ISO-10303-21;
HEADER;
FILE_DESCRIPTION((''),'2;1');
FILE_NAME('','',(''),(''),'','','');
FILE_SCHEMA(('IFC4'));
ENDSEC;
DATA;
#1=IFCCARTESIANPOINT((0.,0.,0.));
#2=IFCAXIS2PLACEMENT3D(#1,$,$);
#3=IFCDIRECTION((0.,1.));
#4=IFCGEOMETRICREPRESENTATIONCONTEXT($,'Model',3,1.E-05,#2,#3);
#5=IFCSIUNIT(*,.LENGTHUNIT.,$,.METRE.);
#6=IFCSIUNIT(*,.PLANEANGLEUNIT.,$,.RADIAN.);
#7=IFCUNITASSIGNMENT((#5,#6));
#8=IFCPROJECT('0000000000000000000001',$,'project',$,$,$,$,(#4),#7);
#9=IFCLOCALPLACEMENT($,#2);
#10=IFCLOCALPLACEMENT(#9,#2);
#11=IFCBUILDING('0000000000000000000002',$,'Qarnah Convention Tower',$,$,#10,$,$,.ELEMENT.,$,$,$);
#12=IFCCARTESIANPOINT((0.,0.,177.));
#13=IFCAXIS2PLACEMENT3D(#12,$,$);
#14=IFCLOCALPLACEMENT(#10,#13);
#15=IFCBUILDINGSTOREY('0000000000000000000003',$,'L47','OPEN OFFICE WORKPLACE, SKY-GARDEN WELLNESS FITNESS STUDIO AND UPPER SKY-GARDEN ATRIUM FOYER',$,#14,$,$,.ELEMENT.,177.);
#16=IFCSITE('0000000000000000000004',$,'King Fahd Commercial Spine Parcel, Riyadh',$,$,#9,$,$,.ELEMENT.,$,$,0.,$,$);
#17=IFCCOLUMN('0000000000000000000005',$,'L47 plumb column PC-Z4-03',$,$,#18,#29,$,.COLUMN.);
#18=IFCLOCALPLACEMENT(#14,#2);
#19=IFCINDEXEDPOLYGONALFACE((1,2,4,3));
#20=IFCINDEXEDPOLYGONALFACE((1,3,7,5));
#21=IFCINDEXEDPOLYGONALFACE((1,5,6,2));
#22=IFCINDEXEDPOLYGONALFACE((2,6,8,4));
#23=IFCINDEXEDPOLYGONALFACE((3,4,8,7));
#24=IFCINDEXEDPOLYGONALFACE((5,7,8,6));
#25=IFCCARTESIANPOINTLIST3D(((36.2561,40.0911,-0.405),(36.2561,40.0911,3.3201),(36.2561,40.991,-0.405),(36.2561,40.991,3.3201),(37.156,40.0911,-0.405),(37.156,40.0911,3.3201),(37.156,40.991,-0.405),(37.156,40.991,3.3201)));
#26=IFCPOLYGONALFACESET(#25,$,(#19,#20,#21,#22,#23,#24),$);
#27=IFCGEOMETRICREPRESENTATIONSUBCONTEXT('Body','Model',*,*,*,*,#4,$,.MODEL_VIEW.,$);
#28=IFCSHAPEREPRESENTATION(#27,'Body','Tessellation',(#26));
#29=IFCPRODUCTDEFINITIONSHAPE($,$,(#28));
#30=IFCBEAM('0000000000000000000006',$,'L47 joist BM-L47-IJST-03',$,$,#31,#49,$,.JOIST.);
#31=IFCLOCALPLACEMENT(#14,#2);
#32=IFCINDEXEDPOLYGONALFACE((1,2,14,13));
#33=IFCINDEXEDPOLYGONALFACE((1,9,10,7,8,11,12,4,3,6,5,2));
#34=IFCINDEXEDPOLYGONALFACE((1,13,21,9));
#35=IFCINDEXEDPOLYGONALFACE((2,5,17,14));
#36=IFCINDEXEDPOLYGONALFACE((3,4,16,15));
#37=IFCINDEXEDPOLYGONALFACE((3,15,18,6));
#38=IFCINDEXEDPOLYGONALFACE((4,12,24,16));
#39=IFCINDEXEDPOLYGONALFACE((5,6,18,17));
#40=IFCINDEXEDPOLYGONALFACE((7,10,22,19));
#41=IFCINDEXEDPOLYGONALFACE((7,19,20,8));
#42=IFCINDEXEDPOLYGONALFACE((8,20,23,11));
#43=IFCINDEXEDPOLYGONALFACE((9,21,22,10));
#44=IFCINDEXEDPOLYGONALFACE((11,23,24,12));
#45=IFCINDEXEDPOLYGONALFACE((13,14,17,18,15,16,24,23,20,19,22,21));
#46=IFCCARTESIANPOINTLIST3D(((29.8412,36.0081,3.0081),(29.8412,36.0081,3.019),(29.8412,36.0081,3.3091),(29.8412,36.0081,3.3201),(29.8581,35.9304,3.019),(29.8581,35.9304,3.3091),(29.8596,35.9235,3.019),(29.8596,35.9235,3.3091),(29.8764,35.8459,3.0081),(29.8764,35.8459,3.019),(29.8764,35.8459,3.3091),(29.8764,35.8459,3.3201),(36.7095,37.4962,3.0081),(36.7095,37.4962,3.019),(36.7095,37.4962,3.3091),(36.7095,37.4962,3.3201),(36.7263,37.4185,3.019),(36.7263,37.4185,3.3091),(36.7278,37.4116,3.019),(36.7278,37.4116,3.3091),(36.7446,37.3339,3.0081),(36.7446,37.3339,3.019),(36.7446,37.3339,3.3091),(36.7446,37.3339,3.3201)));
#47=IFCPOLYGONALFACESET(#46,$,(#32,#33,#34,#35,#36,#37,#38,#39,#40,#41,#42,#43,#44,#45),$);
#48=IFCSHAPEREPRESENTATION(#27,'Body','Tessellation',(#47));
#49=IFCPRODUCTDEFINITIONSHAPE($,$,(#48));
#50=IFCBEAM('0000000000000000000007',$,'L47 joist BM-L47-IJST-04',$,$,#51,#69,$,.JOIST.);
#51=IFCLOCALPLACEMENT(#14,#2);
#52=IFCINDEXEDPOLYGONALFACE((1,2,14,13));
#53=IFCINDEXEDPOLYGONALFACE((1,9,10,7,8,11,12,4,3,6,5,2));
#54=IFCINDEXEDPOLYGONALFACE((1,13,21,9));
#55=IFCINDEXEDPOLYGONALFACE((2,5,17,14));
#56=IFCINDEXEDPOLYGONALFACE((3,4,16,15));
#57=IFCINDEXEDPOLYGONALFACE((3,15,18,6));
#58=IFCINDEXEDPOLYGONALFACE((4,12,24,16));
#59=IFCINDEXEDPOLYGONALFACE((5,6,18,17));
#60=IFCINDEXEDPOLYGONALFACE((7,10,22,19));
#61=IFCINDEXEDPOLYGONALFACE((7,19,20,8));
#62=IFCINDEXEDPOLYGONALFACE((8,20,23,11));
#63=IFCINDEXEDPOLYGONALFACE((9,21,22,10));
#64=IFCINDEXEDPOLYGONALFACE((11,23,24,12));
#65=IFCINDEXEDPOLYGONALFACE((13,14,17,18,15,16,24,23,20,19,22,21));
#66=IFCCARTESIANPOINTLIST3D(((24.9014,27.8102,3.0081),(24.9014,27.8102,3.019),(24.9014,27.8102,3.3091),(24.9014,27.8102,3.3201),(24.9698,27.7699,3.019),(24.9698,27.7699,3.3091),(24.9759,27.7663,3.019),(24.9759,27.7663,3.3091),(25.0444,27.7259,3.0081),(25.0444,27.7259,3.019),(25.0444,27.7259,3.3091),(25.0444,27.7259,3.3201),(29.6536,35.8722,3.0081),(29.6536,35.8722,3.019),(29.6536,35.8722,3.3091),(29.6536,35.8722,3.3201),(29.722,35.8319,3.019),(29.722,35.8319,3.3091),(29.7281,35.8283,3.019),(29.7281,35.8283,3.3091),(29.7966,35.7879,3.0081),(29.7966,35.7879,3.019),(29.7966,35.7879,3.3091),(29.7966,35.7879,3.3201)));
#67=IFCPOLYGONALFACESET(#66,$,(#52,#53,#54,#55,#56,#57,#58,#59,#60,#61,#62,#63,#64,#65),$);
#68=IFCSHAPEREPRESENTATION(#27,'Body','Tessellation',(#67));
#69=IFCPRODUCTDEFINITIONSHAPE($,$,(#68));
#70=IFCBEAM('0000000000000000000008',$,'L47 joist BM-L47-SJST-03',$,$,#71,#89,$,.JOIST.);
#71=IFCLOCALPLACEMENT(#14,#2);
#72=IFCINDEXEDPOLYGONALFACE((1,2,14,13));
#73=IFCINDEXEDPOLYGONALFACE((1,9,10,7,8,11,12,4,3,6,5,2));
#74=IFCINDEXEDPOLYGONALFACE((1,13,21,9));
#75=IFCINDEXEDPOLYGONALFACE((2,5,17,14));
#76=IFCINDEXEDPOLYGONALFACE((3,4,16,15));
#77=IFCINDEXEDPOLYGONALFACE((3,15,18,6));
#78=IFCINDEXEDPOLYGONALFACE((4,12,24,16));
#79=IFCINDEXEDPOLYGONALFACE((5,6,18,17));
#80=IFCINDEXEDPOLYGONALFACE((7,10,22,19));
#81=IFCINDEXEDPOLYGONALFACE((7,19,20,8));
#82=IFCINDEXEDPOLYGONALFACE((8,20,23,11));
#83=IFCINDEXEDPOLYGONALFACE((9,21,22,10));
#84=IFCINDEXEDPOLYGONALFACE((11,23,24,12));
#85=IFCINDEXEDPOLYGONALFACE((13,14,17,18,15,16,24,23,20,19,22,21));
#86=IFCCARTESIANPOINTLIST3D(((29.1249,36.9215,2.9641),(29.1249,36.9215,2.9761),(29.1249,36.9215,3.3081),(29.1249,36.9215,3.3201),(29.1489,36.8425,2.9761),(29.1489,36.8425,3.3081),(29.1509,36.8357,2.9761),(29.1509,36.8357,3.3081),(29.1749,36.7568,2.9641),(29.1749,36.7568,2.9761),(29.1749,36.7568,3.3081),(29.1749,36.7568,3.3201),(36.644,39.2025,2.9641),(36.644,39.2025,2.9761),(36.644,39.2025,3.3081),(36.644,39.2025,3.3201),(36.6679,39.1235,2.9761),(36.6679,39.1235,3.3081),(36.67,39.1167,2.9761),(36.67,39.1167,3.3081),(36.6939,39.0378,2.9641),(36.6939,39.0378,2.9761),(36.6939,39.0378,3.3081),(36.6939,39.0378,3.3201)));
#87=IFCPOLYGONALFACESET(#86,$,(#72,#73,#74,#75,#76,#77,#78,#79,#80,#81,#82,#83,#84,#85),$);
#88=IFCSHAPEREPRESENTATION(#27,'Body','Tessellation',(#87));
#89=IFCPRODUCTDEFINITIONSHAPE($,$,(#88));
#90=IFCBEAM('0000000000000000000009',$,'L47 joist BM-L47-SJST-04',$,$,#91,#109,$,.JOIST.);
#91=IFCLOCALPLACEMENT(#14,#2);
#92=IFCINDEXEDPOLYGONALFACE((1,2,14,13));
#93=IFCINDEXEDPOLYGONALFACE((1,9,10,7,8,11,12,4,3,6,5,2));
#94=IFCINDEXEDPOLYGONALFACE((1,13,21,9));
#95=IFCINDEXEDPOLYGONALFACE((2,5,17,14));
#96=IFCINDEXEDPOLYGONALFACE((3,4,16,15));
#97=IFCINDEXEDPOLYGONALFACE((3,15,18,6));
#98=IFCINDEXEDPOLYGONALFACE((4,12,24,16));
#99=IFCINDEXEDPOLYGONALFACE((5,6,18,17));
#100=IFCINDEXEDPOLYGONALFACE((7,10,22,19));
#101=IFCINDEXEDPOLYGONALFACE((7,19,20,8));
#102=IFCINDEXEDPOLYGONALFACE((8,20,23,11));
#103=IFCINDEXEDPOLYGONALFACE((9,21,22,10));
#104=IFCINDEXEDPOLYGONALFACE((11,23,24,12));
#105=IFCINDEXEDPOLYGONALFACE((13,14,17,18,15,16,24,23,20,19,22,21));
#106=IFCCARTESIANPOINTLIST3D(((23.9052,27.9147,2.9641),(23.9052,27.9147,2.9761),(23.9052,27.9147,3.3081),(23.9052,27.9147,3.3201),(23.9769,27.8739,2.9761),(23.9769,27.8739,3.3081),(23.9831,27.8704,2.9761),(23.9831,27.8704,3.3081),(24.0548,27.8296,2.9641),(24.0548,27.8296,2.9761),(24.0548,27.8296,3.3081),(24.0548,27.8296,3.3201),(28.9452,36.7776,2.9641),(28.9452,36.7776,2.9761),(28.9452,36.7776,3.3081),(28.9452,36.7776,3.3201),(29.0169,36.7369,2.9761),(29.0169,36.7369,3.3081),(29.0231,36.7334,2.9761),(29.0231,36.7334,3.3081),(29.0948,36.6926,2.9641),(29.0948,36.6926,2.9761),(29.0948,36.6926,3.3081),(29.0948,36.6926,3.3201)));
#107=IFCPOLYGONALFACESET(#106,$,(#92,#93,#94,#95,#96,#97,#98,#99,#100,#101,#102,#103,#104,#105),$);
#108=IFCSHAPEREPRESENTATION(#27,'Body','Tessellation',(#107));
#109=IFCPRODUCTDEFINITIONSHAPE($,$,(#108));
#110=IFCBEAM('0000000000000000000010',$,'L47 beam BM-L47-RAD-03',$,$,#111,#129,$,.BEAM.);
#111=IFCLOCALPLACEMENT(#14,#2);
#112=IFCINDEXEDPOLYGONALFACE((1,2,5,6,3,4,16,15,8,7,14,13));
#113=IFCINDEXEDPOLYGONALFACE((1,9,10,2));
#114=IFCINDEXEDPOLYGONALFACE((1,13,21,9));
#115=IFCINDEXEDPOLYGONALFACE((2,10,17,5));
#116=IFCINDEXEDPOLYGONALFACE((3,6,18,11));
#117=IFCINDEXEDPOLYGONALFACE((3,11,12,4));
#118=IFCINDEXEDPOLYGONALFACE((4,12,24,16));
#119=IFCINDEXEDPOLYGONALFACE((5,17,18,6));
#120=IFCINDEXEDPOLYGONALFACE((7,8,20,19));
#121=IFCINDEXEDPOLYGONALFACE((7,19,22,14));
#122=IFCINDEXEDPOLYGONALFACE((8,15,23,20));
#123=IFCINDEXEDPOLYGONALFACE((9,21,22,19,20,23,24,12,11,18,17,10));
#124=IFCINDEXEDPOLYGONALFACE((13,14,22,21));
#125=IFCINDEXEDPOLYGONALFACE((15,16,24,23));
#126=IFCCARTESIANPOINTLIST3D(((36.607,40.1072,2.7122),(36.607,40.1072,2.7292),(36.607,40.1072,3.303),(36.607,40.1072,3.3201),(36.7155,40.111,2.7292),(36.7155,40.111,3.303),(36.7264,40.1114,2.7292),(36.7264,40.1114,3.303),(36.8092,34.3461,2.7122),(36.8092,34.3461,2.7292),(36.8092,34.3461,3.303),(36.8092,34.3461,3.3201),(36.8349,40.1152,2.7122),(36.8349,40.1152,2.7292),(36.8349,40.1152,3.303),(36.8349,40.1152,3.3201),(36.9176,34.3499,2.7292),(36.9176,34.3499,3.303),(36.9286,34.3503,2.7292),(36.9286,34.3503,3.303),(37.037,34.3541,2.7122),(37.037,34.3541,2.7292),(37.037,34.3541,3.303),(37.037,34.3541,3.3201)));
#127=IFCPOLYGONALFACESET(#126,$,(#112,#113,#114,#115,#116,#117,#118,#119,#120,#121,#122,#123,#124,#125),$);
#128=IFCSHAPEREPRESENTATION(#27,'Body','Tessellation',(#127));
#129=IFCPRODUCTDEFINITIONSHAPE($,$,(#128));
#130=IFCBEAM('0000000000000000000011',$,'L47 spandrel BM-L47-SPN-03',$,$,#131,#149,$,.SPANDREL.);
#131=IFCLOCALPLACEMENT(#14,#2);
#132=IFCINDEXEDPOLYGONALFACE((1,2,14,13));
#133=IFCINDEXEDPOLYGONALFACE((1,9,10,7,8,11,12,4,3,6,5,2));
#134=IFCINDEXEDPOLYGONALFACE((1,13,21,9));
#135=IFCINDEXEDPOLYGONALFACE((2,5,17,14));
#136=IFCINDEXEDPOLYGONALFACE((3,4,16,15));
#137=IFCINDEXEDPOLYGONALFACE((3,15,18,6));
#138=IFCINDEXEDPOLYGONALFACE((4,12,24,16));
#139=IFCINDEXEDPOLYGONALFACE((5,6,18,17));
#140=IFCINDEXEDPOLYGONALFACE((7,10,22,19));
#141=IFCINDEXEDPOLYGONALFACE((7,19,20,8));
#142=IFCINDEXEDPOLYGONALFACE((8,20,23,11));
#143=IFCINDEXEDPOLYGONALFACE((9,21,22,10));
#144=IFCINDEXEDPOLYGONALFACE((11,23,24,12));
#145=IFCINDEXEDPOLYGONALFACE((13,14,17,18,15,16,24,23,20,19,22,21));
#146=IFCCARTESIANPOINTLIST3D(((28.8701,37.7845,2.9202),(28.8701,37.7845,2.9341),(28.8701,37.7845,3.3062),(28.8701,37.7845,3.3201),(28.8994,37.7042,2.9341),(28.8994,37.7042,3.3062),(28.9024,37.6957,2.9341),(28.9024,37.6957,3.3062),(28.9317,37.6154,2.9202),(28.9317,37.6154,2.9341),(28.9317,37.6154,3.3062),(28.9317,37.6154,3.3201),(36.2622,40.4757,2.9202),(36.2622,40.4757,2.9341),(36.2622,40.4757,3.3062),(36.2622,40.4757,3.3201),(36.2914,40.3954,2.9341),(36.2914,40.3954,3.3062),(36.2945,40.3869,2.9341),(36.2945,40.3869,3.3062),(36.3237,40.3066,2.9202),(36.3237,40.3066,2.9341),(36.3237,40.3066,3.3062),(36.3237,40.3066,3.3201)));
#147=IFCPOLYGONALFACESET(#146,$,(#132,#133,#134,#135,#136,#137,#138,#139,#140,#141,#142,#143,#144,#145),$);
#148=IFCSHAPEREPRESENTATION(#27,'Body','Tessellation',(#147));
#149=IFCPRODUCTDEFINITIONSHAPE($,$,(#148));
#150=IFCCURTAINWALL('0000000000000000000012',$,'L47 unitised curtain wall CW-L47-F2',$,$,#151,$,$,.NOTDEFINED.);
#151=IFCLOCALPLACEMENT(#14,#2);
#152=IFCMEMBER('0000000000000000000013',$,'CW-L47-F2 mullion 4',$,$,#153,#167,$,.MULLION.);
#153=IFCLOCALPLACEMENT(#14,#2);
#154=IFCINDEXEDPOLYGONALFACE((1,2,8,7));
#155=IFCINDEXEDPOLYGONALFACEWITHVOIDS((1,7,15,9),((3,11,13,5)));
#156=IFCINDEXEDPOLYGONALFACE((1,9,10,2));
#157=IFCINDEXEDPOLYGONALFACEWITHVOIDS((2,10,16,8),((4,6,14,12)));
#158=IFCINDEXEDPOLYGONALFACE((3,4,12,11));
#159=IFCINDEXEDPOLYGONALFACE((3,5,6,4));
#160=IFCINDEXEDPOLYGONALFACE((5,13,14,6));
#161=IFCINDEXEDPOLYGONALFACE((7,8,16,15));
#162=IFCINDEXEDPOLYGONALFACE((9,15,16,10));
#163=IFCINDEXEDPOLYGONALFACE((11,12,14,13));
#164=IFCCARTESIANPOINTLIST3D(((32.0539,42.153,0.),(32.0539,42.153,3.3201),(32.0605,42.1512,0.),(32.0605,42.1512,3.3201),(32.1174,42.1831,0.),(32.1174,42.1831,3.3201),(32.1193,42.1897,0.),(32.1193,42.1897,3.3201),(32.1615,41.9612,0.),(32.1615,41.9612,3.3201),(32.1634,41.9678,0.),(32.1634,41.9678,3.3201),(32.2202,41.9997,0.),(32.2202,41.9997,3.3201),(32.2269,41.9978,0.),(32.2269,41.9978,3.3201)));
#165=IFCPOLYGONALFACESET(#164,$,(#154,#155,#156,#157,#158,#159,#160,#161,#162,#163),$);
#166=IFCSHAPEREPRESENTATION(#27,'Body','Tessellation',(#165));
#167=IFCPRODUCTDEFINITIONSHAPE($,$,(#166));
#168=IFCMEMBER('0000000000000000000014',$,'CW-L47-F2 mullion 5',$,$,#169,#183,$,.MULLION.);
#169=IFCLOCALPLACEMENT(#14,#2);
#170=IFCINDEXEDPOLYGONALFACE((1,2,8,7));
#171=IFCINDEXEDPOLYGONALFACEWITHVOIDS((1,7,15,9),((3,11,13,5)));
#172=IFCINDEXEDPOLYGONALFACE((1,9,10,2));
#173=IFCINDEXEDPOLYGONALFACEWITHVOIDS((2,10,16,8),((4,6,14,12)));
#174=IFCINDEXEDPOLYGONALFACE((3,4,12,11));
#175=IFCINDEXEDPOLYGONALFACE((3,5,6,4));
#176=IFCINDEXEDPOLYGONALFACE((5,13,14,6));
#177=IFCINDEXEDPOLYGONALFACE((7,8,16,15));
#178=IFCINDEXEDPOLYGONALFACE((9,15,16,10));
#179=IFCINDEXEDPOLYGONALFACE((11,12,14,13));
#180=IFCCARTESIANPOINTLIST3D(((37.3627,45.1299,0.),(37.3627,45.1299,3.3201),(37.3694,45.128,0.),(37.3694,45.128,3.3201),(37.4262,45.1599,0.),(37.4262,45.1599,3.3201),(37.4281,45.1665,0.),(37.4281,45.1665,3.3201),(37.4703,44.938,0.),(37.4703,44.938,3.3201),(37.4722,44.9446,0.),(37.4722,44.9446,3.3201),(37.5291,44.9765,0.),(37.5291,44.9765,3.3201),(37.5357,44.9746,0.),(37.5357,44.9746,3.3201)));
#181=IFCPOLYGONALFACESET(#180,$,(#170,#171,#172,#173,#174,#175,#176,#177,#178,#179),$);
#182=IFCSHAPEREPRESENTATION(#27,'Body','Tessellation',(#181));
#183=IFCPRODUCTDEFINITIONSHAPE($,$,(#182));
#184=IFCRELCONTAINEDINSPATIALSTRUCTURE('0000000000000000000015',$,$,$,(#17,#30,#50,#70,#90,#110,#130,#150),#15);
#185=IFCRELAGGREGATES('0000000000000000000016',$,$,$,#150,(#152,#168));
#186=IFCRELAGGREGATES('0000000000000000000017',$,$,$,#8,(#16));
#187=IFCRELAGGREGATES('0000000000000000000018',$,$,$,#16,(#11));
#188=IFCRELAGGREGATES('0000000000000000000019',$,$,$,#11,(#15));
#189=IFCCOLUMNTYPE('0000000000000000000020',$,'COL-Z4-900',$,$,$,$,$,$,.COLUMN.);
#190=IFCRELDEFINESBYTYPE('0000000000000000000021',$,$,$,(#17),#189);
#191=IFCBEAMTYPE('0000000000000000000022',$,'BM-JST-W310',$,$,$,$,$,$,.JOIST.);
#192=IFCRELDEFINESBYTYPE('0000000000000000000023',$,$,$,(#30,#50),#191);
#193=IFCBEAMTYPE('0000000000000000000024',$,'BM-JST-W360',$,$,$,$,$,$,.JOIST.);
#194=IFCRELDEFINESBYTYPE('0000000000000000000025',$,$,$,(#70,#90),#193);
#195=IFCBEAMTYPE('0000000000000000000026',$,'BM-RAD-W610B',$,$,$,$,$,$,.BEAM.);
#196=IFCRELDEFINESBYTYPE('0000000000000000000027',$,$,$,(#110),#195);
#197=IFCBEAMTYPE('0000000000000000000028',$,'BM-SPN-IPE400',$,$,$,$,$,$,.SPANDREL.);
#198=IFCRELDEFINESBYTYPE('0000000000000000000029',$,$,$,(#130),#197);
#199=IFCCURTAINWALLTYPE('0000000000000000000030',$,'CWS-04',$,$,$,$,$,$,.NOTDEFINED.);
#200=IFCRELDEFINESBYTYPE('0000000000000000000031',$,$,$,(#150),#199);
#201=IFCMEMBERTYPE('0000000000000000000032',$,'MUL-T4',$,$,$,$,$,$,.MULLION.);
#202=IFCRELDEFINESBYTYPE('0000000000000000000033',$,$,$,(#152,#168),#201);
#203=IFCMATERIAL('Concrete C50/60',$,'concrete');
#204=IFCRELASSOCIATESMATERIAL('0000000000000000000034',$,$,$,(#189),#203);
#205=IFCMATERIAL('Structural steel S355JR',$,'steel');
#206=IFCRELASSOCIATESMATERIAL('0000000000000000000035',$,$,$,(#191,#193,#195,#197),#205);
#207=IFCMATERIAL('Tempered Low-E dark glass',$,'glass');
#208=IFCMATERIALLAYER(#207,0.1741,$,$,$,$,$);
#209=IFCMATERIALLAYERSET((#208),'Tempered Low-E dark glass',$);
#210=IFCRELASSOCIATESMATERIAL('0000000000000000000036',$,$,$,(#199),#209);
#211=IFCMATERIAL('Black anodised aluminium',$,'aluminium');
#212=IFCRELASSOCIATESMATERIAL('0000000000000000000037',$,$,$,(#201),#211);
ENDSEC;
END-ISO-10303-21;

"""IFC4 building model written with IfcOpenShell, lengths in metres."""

from ifc_helpers import new_model, si_unit, direction, frame, origin, origin_2d, place, context, subcontext, project, spatial, rectangle, hollow_rectangle, i_section, extrude, material, layer, layer_set, material_profile, profile_set, type_object, element, aggregate, save


model = new_model("IFC4")

# Units and contexts
model_context = context("Model", 3, precision=1e-05, world=origin(), true_north=direction((0.0, 1.0)))
body_context = subcontext(model_context, "Body", "Model", "MODEL_VIEW")
ifc_project = project(units=[si_unit("LENGTHUNIT", "METRE"), si_unit("PLANEANGLEUNIT", "RADIAN")], contexts=[model_context])

# Site, building, storey
site_placement = place(None, origin())
site = spatial("IfcSite", under=ifc_project, at=site_placement, Name="King Fahd Commercial Spine Parcel, Riyadh", CompositionType="ELEMENT", RefElevation=0.0)
building_placement = place(site_placement, origin())
building = spatial("IfcBuilding", under=site, at=building_placement, Name="Qarnah Convention Tower", CompositionType="ELEMENT")
storey_placement = place(building_placement, frame((0.0, 0.0, 177.0)))
storey = spatial("IfcBuildingStorey", under=building, at=storey_placement, Name="L47", Description="OPEN OFFICE WORKPLACE, SKY-GARDEN WELLNESS FITNESS STUDIO AND UPPER SKY-GARDEN ATRIUM FOYER", CompositionType="ELEMENT", Elevation=177.0)

# Column
ifc_material_1 = material(Name="Concrete C50/60", Category="concrete")
ifc_material_profile_1 = material_profile(ifc_material_1, rectangle(XDim=0.8999, YDim=0.8999, at=origin_2d()), Name="RC-COL-900X900")
ifc_profile_set_1 = profile_set([ifc_material_profile_1], Name="Concrete C50/60")
column_type = type_object("IfcColumnType", Name="COL-Z4-900", PredefinedType="COLUMN", material=ifc_profile_set_1)
column_placement = place(storey_placement, frame((36.7061, 40.541, -0.405), z_axis=(0.0, 0.0, 1.0), x_axis=(1.0, 0.0, 0.0)))
element("IfcColumn", 1, at=column_placement, inside=storey, type_object=column_type, Name="L47 plumb column PC-Z4-03", PredefinedType="COLUMN", context=body_context, shape_type="SweptSolid", body=[
    extrude(rectangle(XDim=0.8999, YDim=0.8999, at=origin_2d()), origin(), (0.0, 0.0, 1.0), 3.7251),
])

# Beams
ifc_material_2 = material(Name="Structural steel S355JR", Category="steel")
ifc_material_profile_2 = material_profile(ifc_material_2, i_section(OverallWidth=0.166, OverallDepth=0.312, WebThickness=0.0071, FlangeThickness=0.011, at=origin_2d()), Name="W310X45")
ifc_profile_set_2 = profile_set([ifc_material_profile_2], Name="Structural steel S355JR")
beam_type_1 = type_object("IfcBeamType", Name="BM-JST-W310", PredefinedType="JOIST", material=ifc_profile_set_2)
beam_1_placement = place(storey_placement, frame((36.7271, 37.415, 3.1641), z_axis=(-0.977325, -0.211744, 0.0), x_axis=(0.211744, -0.977325, 0.0)))
element("IfcBeam", 2, at=beam_1_placement, inside=storey, type_object=beam_type_1, Name="L47 joist BM-L47-IJST-03", PredefinedType="JOIST", context=body_context, shape_type="SweptSolid", body=[
    extrude(i_section(OverallWidth=0.166, OverallDepth=0.312, WebThickness=0.0071, FlangeThickness=0.011, at=origin_2d()), origin(), (0.0, 0.0, 1.0), 7.0276),
])
beam_2_placement = place(storey_placement, frame((29.7251, 35.8301, 3.1641), z_axis=(-0.507801, -0.861474, 0.0), x_axis=(0.861474, -0.507801, 0.0)))
element("IfcBeam", 3, at=beam_2_placement, inside=storey, type_object=beam_type_1, Name="L47 joist BM-L47-IJST-04", PredefinedType="JOIST", context=body_context, shape_type="SweptSolid", body=[
    extrude(i_section(OverallWidth=0.166, OverallDepth=0.312, WebThickness=0.0071, FlangeThickness=0.011, at=origin_2d()), origin(), (0.0, 0.0, 1.0), 9.3584),
])
ifc_material_profile_3 = material_profile(ifc_material_2, i_section(OverallWidth=0.1721, OverallDepth=0.356, WebThickness=0.0071, FlangeThickness=0.012, at=origin_2d()), Name="W360X51")
ifc_profile_set_3 = profile_set([ifc_material_profile_3], Name="Structural steel S355JR")
beam_type_2 = type_object("IfcBeamType", Name="BM-JST-W360", PredefinedType="JOIST", material=ifc_profile_set_3)
beam_3_placement = place(storey_placement, frame((36.6689, 39.1201, 3.1421), z_axis=(-0.956936, -0.2903, 0.0), x_axis=(0.2903, -0.956936, 0.0)))
element("IfcBeam", 4, at=beam_3_placement, inside=storey, type_object=beam_type_2, Name="L47 joist BM-L47-SJST-03", PredefinedType="JOIST", context=body_context, shape_type="SweptSolid", body=[
    extrude(i_section(OverallWidth=0.1721, OverallDepth=0.356, WebThickness=0.0071, FlangeThickness=0.012, at=origin_2d()), origin(), (0.0, 0.0, 1.0), 7.8574),
])
beam_4_placement = place(storey_placement, frame((29.02, 36.7351, 3.1421), z_axis=(-0.494322, -0.869279, 0.0), x_axis=(0.869279, -0.494322, 0.0)))
element("IfcBeam", 5, at=beam_4_placement, inside=storey, type_object=beam_type_2, Name="L47 joist BM-L47-SJST-04", PredefinedType="JOIST", context=body_context, shape_type="SweptSolid", body=[
    extrude(i_section(OverallWidth=0.1721, OverallDepth=0.356, WebThickness=0.0071, FlangeThickness=0.012, at=origin_2d()), origin(), (0.0, 0.0, 1.0), 10.1958),
])
ifc_material_profile_4 = material_profile(ifc_material_2, i_section(OverallWidth=0.228, OverallDepth=0.6079, WebThickness=0.011, FlangeThickness=0.0171, at=origin_2d()), Name="W610X113")
ifc_profile_set_4 = profile_set([ifc_material_profile_4], Name="Structural steel S355JR")
beam_type_3 = type_object("IfcBeamType", Name="BM-RAD-W610B", PredefinedType="BEAM", material=ifc_profile_set_4)
beam_5_placement = place(storey_placement, frame((36.9231, 34.3501, 3.0161), z_axis=(-0.035068, 0.999385, 0.0), x_axis=(-0.999385, -0.035068, 0.0)))
element("IfcBeam", 6, at=beam_5_placement, inside=storey, type_object=beam_type_3, Name="L47 beam BM-L47-RAD-03", PredefinedType="BEAM", context=body_context, shape_type="SweptSolid", body=[
    extrude(i_section(OverallWidth=0.228, OverallDepth=0.6079, WebThickness=0.011, FlangeThickness=0.0171, at=origin_2d()), origin(), (0.0, 0.0, 1.0), 5.7646),
])
ifc_material_profile_5 = material_profile(ifc_material_2, i_section(OverallWidth=0.1799, OverallDepth=0.3999, WebThickness=0.009, FlangeThickness=0.0139, at=origin_2d()), Name="IPE400")
ifc_profile_set_5 = profile_set([ifc_material_profile_5], Name="Structural steel S355JR")
beam_type_4 = type_object("IfcBeamType", Name="BM-SPN-IPE400", PredefinedType="SPANDREL", material=ifc_profile_set_5)
beam_6_placement = place(storey_placement, frame((36.293, 40.3911, 3.1201), z_axis=(-0.939666, -0.342094, 0.0), x_axis=(0.342094, -0.939666, 0.0)))
element("IfcBeam", 7, at=beam_6_placement, inside=storey, type_object=beam_type_4, Name="L47 spandrel BM-L47-SPN-03", PredefinedType="SPANDREL", context=body_context, shape_type="SweptSolid", body=[
    extrude(i_section(OverallWidth=0.1799, OverallDepth=0.3999, WebThickness=0.009, FlangeThickness=0.0139, at=origin_2d()), origin(), (0.0, 0.0, 1.0), 7.8667),
])

# Curtain wall, members
ifc_material_3 = material(Name="Tempered Low-E dark glass", Category="glass")
ifc_layer_1 = layer(ifc_material_3, 0.1741)
ifc_layer_set_1 = layer_set([ifc_layer_1], Name="Tempered Low-E dark glass")
curtain_wall_type = type_object("IfcCurtainWallType", Name="CWS-04", PredefinedType="NOTDEFINED", material=ifc_layer_set_1)
curtain_wall_placement = place(storey_placement, origin())
curtain_wall = element("IfcCurtainWall", 8, at=curtain_wall_placement, inside=storey, type_object=curtain_wall_type, Name="L47 unitised curtain wall CW-L47-F2", PredefinedType="NOTDEFINED")
ifc_material_4 = material(Name="Black anodised aluminium", Category="aluminium")
ifc_material_profile_6 = material_profile(ifc_material_4, hollow_rectangle(XDim=0.075, YDim=0.22, WallThickness=0.0049, at=origin_2d()), Name="MUL-75X220")
ifc_profile_set_6 = profile_set([ifc_material_profile_6], Name="Black anodised aluminium")
member_type = type_object("IfcMemberType", Name="MUL-T4", PredefinedType="MULLION", material=ifc_profile_set_6)
member_1_placement = place(storey_placement, frame((32.1404, 42.0754, 0.0), z_axis=(0.0, 0.0, 1.0), x_axis=(0.872235, 0.489088, 0.0)))
member_1 = element("IfcMember", 9, at=member_1_placement, type_object=member_type, Name="CW-L47-F2 mullion 4", PredefinedType="MULLION", context=body_context, shape_type="SweptSolid", body=[
    extrude(hollow_rectangle(XDim=0.075, YDim=0.22, WallThickness=0.0049, at=origin_2d()), origin(), (0.0, 0.0, 1.0), 3.3201),
])
member_2_placement = place(storey_placement, frame((37.4492, 45.0522, 0.0), z_axis=(0.0, 0.0, 1.0), x_axis=(0.872235, 0.489088, 0.0)))
member_2 = element("IfcMember", 10, at=member_2_placement, type_object=member_type, Name="CW-L47-F2 mullion 5", PredefinedType="MULLION", context=body_context, shape_type="SweptSolid", body=[
    extrude(hollow_rectangle(XDim=0.075, YDim=0.22, WallThickness=0.0049, at=origin_2d()), origin(), (0.0, 0.0, 1.0), 3.3201),
])
aggregate(curtain_wall, [member_1, member_2])

save(model, "model.ifc")
